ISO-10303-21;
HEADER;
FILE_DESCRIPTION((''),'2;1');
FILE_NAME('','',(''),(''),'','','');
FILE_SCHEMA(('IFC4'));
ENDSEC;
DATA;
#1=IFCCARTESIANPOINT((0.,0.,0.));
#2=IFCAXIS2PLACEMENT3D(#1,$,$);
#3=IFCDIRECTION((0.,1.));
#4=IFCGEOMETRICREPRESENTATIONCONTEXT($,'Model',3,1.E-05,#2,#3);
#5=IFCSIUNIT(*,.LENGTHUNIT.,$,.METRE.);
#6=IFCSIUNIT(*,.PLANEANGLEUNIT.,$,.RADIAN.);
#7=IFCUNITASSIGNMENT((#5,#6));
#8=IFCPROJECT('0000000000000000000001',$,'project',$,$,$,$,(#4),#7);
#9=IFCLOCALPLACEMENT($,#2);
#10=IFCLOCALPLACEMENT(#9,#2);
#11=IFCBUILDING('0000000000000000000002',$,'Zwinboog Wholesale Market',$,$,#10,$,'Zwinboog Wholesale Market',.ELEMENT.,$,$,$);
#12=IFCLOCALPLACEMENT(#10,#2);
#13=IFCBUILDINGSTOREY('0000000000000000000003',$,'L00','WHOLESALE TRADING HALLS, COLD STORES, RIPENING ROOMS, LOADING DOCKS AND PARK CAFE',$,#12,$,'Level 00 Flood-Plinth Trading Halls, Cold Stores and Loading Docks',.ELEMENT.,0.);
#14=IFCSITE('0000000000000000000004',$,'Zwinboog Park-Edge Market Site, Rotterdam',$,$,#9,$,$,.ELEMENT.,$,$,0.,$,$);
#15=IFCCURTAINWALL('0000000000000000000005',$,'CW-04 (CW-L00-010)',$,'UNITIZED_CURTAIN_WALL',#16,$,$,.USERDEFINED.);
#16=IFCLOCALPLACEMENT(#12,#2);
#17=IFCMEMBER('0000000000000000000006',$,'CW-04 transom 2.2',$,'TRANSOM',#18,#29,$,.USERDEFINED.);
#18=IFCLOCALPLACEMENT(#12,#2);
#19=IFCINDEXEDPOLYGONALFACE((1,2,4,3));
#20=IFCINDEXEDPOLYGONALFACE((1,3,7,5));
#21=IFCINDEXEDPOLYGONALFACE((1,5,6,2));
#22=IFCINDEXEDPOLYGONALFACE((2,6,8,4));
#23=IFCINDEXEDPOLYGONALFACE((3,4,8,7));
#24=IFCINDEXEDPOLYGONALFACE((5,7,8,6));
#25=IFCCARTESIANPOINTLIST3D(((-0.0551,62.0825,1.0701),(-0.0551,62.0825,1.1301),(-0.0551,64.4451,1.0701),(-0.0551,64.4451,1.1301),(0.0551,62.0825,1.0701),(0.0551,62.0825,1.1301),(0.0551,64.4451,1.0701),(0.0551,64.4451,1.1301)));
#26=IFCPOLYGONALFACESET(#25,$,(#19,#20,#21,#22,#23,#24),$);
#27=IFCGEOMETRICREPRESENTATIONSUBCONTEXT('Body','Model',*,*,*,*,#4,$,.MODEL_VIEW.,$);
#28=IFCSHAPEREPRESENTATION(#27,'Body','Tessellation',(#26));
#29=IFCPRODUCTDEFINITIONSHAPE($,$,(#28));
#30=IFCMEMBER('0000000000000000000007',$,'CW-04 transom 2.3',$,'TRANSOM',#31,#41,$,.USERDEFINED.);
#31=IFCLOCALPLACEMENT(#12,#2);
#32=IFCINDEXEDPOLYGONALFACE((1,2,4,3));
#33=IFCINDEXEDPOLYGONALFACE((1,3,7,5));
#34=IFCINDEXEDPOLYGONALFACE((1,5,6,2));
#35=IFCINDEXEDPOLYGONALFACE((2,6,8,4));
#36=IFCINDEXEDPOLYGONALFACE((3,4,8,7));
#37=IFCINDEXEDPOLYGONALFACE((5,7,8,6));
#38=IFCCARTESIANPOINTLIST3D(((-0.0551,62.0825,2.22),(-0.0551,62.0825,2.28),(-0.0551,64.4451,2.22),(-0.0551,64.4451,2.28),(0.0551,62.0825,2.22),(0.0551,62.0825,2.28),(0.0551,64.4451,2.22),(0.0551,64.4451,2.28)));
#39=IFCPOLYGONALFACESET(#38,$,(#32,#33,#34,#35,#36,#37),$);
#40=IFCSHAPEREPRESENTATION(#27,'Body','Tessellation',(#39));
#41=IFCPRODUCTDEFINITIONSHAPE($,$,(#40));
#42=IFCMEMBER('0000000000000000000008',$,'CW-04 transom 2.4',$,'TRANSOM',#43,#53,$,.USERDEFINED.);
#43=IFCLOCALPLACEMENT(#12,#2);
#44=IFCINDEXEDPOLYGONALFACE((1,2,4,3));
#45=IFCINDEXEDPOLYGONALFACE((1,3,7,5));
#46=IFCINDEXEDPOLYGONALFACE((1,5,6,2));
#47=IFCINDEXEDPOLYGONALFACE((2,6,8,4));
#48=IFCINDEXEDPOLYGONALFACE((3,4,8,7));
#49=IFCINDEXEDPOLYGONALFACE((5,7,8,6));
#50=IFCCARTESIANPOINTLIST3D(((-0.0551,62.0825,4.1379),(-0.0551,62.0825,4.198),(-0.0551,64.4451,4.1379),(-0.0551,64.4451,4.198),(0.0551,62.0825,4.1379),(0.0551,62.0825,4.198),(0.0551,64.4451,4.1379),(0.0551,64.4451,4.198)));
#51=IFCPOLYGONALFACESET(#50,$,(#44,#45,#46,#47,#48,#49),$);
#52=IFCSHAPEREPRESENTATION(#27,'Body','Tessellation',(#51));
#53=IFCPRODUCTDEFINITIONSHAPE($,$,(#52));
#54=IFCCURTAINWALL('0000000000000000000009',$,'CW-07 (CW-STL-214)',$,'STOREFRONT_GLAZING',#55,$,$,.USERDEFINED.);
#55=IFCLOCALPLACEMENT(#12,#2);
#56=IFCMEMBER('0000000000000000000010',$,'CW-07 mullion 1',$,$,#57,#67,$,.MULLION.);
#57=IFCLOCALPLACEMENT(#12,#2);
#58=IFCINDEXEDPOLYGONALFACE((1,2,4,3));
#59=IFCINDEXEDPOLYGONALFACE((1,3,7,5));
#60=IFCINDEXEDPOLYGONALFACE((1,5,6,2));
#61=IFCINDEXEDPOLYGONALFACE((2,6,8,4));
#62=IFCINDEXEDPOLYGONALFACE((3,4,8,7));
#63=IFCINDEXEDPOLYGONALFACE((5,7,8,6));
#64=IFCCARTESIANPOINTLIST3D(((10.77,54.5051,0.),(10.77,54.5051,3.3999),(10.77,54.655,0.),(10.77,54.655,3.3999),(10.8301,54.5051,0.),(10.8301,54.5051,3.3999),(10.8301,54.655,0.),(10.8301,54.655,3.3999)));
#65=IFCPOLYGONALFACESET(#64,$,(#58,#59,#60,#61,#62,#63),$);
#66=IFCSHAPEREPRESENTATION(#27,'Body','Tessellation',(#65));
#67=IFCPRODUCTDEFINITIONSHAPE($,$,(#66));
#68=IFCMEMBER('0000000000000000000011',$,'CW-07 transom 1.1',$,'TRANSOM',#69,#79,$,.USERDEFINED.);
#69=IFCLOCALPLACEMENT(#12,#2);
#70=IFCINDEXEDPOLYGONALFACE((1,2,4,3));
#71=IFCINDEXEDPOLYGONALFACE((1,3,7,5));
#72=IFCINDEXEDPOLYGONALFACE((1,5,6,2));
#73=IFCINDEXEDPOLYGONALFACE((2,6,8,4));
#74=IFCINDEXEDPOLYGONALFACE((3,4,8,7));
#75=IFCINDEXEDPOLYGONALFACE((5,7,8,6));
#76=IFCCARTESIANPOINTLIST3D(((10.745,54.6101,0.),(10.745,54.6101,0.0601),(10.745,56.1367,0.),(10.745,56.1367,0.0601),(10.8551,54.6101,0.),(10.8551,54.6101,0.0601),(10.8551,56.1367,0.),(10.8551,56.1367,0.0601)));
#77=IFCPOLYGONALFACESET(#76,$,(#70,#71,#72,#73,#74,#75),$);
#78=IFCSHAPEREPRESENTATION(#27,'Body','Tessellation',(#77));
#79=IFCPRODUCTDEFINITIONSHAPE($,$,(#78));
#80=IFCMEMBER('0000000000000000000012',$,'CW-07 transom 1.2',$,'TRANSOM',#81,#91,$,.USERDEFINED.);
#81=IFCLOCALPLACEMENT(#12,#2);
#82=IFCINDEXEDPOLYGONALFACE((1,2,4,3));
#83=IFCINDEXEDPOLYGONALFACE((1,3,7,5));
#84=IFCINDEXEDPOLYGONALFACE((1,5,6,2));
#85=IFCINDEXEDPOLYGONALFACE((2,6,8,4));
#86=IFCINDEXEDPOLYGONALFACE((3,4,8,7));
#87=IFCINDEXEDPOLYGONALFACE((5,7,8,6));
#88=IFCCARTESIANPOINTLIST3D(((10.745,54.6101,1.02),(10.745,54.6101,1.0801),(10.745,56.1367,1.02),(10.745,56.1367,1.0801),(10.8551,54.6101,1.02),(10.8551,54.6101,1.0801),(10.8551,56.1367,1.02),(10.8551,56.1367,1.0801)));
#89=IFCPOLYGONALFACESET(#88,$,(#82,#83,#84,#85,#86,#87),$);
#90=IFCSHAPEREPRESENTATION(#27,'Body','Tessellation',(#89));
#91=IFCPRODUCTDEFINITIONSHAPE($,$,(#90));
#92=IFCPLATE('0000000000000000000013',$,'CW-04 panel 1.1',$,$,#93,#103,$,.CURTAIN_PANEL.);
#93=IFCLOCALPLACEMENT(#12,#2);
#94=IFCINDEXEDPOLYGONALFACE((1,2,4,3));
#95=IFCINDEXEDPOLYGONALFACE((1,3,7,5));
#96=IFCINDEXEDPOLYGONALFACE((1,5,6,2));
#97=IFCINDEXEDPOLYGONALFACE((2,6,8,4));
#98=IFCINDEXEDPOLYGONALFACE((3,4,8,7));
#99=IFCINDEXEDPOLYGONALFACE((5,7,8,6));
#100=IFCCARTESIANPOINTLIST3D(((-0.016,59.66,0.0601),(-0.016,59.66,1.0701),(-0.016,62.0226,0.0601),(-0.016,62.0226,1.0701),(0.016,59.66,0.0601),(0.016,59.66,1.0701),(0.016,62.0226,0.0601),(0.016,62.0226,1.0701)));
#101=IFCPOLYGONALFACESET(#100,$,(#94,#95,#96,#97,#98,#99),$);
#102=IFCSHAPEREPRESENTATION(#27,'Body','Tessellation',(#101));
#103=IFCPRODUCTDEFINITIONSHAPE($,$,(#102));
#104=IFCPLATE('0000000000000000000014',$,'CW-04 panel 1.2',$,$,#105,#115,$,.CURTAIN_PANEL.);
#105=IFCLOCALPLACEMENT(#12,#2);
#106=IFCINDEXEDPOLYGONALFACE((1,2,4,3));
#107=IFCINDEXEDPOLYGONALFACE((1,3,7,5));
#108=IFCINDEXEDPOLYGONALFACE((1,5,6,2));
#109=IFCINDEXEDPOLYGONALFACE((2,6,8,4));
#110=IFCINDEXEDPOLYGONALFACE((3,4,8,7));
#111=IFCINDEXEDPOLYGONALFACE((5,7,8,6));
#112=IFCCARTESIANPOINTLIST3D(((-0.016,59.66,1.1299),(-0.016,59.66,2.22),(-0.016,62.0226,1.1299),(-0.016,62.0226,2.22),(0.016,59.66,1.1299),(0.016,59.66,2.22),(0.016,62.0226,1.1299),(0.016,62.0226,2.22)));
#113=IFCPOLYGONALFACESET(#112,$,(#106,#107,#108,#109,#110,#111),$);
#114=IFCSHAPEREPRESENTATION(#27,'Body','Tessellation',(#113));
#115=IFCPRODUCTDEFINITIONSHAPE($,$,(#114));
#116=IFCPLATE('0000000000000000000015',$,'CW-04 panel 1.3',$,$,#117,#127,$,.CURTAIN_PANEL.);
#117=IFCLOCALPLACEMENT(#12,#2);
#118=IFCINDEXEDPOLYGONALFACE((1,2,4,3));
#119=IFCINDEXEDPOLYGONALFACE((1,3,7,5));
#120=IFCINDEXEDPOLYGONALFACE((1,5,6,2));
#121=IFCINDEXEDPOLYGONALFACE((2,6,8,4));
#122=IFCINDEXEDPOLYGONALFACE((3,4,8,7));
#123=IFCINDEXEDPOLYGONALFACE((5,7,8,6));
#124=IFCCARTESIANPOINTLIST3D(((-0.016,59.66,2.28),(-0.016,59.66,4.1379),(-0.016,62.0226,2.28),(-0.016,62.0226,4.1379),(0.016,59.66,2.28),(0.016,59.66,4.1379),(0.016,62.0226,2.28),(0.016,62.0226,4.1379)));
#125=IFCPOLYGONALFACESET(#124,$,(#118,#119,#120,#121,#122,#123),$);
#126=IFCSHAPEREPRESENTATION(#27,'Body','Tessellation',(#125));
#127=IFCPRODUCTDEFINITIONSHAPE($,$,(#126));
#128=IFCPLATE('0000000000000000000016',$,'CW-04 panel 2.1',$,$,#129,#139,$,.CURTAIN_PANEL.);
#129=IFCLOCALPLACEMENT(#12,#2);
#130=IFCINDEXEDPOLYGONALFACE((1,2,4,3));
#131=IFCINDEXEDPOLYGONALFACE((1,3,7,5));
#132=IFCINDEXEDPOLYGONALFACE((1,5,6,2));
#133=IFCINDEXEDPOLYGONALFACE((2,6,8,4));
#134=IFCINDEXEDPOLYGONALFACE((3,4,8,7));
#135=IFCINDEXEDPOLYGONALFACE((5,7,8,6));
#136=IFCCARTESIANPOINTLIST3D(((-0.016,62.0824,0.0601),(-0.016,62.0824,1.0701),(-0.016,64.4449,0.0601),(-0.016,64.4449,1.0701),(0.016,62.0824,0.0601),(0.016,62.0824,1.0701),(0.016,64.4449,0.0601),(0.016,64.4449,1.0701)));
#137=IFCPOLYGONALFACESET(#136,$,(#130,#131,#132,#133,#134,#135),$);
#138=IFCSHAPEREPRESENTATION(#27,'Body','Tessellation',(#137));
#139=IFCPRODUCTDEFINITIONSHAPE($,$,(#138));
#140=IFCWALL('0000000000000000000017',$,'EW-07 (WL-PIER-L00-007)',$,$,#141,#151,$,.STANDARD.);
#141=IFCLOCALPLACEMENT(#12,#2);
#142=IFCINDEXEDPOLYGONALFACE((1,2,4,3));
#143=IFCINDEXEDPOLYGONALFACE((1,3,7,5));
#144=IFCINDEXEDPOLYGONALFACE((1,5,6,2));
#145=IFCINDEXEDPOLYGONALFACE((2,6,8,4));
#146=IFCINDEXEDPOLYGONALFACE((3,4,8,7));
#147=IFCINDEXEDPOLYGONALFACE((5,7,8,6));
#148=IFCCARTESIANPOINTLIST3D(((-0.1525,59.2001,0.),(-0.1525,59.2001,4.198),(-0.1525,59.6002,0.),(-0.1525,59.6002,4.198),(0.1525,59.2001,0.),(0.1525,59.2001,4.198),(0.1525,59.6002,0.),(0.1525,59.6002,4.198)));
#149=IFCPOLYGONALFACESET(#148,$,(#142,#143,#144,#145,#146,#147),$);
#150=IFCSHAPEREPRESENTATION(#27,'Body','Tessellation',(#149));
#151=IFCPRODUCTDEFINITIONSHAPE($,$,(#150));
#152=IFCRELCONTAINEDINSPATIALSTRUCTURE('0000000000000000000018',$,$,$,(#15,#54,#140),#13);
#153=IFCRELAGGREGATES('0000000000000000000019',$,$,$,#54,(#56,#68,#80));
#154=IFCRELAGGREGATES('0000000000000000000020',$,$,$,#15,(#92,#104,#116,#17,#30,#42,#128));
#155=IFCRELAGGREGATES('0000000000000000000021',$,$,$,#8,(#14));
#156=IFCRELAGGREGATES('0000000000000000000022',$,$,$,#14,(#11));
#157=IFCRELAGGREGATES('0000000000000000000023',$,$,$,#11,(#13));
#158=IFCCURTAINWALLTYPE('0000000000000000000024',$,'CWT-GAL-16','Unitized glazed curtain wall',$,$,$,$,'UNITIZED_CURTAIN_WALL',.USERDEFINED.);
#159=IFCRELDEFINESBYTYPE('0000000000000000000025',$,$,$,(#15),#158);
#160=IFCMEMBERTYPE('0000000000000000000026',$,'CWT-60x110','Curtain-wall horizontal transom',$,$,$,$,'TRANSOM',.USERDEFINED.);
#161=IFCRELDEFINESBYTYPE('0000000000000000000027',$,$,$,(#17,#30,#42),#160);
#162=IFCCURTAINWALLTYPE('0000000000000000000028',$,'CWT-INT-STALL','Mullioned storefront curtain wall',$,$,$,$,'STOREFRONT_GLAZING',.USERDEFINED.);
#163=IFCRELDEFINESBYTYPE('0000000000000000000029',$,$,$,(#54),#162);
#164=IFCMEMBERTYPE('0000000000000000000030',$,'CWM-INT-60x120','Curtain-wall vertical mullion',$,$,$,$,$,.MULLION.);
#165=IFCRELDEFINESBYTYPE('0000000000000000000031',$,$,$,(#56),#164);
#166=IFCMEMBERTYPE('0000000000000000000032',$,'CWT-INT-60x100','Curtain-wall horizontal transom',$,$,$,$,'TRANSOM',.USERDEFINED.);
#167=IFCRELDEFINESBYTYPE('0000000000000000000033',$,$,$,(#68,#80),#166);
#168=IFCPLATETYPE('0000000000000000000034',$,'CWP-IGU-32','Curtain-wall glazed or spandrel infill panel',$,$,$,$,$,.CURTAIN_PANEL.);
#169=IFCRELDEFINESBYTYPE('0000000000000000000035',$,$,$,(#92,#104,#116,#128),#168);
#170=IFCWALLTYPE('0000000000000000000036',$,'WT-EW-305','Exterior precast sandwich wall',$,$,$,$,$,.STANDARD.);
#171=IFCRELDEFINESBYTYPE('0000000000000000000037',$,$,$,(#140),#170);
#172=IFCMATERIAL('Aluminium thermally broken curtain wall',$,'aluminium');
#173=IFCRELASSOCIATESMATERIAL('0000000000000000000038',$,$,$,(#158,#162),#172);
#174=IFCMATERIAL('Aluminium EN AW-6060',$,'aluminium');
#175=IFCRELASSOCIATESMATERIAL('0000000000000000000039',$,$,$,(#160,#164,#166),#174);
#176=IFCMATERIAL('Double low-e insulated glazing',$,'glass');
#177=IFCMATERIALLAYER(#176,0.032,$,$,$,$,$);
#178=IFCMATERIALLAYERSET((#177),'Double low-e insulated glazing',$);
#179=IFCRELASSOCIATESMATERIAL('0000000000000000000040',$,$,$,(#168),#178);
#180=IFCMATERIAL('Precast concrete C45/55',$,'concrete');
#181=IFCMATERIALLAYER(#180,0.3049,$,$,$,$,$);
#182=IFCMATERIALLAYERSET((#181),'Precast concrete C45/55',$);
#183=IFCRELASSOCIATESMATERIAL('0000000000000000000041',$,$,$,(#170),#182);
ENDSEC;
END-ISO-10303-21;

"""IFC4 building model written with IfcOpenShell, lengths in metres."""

from ifc_helpers import new_model, si_unit, direction, frame, frame_2d, origin, origin_2d, place, context, subcontext, project, spatial, rectangle, extrude, material, layer, layer_set, material_profile, profile_set, type_object, element, aggregate, save


model = new_model("IFC4")

# Units and contexts
model_context = context("Model", 3, precision=1e-05, world=origin(), true_north=direction((0.0, 1.0)))
body_context = subcontext(model_context, "Body", "Model", "MODEL_VIEW")
ifc_project = project(units=[si_unit("LENGTHUNIT", "METRE"), si_unit("PLANEANGLEUNIT", "RADIAN")], contexts=[model_context])

# Site, building, storey
site_placement = place(None, origin())
site = spatial("IfcSite", under=ifc_project, at=site_placement, Name="Zwinboog Park-Edge Market Site, Rotterdam", CompositionType="ELEMENT", RefElevation=0.0)
building_placement = place(site_placement, origin())
building = spatial("IfcBuilding", under=site, at=building_placement, Name="Zwinboog Wholesale Market", LongName="Zwinboog Wholesale Market", CompositionType="ELEMENT")
storey_placement = place(building_placement, origin())
storey = spatial("IfcBuildingStorey", under=building, at=storey_placement, Name="L00", Description="WHOLESALE TRADING HALLS, COLD STORES, RIPENING ROOMS, LOADING DOCKS AND PARK CAFE", LongName="Level 00 Flood-Plinth Trading Halls, Cold Stores and Loading Docks", CompositionType="ELEMENT", Elevation=0.0)

# Shared definitions
ifc_material_1 = material(Name="Aluminium thermally broken curtain wall", Category="aluminium")
ifc_material_2 = material(Name="Aluminium EN AW-6060", Category="aluminium")

# Curtain walls, members
curtain_wall_type_1 = type_object("IfcCurtainWallType", Name="CWT-GAL-16", Description="Unitized glazed curtain wall", ElementType="UNITIZED_CURTAIN_WALL", PredefinedType="USERDEFINED", material=ifc_material_1)
curtain_wall_1_placement = place(storey_placement, origin())
curtain_wall_1 = element("IfcCurtainWall", 1, at=curtain_wall_1_placement, inside=storey, type_object=curtain_wall_type_1, Name="CW-04 (CW-L00-010)", ObjectType="UNITIZED_CURTAIN_WALL", PredefinedType="USERDEFINED")
ifc_material_profile_1 = material_profile(ifc_material_2, rectangle(XDim=0.1101, YDim=0.0601, at=origin_2d()), Name="AL 60x110")
ifc_profile_set_1 = profile_set([ifc_material_profile_1], Name="Aluminium EN AW-6060")
member_type_1 = type_object("IfcMemberType", Name="CWT-60x110", Description="Curtain-wall horizontal transom", ElementType="TRANSOM", PredefinedType="USERDEFINED", material=ifc_profile_set_1)
member_1_placement = place(storey_placement, frame((0.0, 62.0825, 1.1001), z_axis=(0.0, 1.0, 0.0), x_axis=(-1.0, 0.0, 0.0)))
member_1 = element("IfcMember", 2, at=member_1_placement, type_object=member_type_1, Name="CW-04 transom 2.2", ObjectType="TRANSOM", PredefinedType="USERDEFINED", context=body_context, shape_type="SweptSolid", body=[
    extrude(rectangle(XDim=0.1101, YDim=0.0601, at=origin_2d()), origin(), (0.0, 0.0, 1.0), 2.3625),
])
member_2_placement = place(storey_placement, frame((0.0, 62.0825, 2.25), z_axis=(0.0, 1.0, 0.0), x_axis=(-1.0, 0.0, 0.0)))
member_2 = element("IfcMember", 3, at=member_2_placement, type_object=member_type_1, Name="CW-04 transom 2.3", ObjectType="TRANSOM", PredefinedType="USERDEFINED", context=body_context, shape_type="SweptSolid", body=[
    extrude(rectangle(XDim=0.1101, YDim=0.0601, at=origin_2d()), origin(), (0.0, 0.0, 1.0), 2.3625),
])
member_3_placement = place(storey_placement, frame((0.0, 62.0825, 4.168), z_axis=(0.0, 1.0, 0.0), x_axis=(-1.0, 0.0, 0.0)))
member_3 = element("IfcMember", 4, at=member_3_placement, type_object=member_type_1, Name="CW-04 transom 2.4", ObjectType="TRANSOM", PredefinedType="USERDEFINED", context=body_context, shape_type="SweptSolid", body=[
    extrude(rectangle(XDim=0.1101, YDim=0.0601, at=origin_2d()), origin(), (0.0, 0.0, 1.0), 2.3625),
])
curtain_wall_type_2 = type_object("IfcCurtainWallType", Name="CWT-INT-STALL", Description="Mullioned storefront curtain wall", ElementType="STOREFRONT_GLAZING", PredefinedType="USERDEFINED", material=ifc_material_1)
curtain_wall_2_placement = place(storey_placement, origin())
curtain_wall_2 = element("IfcCurtainWall", 5, at=curtain_wall_2_placement, inside=storey, type_object=curtain_wall_type_2, Name="CW-07 (CW-STL-214)", ObjectType="STOREFRONT_GLAZING", PredefinedType="USERDEFINED")
ifc_material_profile_2 = material_profile(ifc_material_2, rectangle(XDim=0.0601, YDim=0.1499, at=origin_2d()), Name="AL 60x150")
ifc_profile_set_2 = profile_set([ifc_material_profile_2], Name="Aluminium EN AW-6060")
member_type_2 = type_object("IfcMemberType", Name="CWM-INT-60x120", Description="Curtain-wall vertical mullion", PredefinedType="MULLION", material=ifc_profile_set_2)
member_4_placement = place(storey_placement, frame((10.8, 54.5801, 0.0), z_axis=(0.0, 0.0, 1.0), x_axis=(-1.0, 0.0, 0.0)))
member_4 = element("IfcMember", 6, at=member_4_placement, type_object=member_type_2, Name="CW-07 mullion 1", PredefinedType="MULLION", context=body_context, shape_type="SweptSolid", body=[
    extrude(rectangle(XDim=0.0601, YDim=0.1499, at=origin_2d()), origin(), (0.0, 0.0, 1.0), 3.3999),
])
ifc_material_profile_3 = material_profile(ifc_material_2, rectangle(XDim=0.1101, YDim=0.0601, at=origin_2d()), Name="AL 60x110")
ifc_profile_set_3 = profile_set([ifc_material_profile_3], Name="Aluminium EN AW-6060")
member_type_3 = type_object("IfcMemberType", Name="CWT-INT-60x100", Description="Curtain-wall horizontal transom", ElementType="TRANSOM", PredefinedType="USERDEFINED", material=ifc_profile_set_3)
member_5_placement = place(storey_placement, frame((10.8, 54.6101, 0.03), z_axis=(0.0, 1.0, 0.0), x_axis=(-1.0, 0.0, 0.0)))
member_5 = element("IfcMember", 7, at=member_5_placement, type_object=member_type_3, Name="CW-07 transom 1.1", ObjectType="TRANSOM", PredefinedType="USERDEFINED", context=body_context, shape_type="SweptSolid", body=[
    extrude(rectangle(XDim=0.1101, YDim=0.0601, at=origin_2d()), origin(), (0.0, 0.0, 1.0), 1.5266),
])
member_6_placement = place(storey_placement, frame((10.8, 54.6101, 1.05), z_axis=(0.0, 1.0, 0.0), x_axis=(-1.0, 0.0, 0.0)))
member_6 = element("IfcMember", 8, at=member_6_placement, type_object=member_type_3, Name="CW-07 transom 1.2", ObjectType="TRANSOM", PredefinedType="USERDEFINED", context=body_context, shape_type="SweptSolid", body=[
    extrude(rectangle(XDim=0.1101, YDim=0.0601, at=origin_2d()), origin(), (0.0, 0.0, 1.0), 1.5266),
])
aggregate(curtain_wall_2, [member_4, member_5, member_6])

# Plates
ifc_material_3 = material(Name="Double low-e insulated glazing", Category="glass")
ifc_layer_1 = layer(ifc_material_3, 0.032)
ifc_layer_set_1 = layer_set([ifc_layer_1], Name="Double low-e insulated glazing")
plate_type = type_object("IfcPlateType", Name="CWP-IGU-32", Description="Curtain-wall glazed or spandrel infill panel", PredefinedType="CURTAIN_PANEL", material=ifc_layer_set_1)
plate_1_placement = place(storey_placement, frame((0.0, 60.8413, 0.0601), z_axis=(0.0, 0.0, 1.0), x_axis=(0.0, 1.0, 0.0)))
plate_1 = element("IfcPlate", 9, at=plate_1_placement, type_object=plate_type, Name="CW-04 panel 1.1", PredefinedType="CURTAIN_PANEL", context=body_context, shape_type="SweptSolid", body=[
    extrude(rectangle(XDim=2.3625, YDim=0.032, at=origin_2d()), origin(), (0.0, 0.0, 1.0), 1.01),
])
plate_2_placement = place(storey_placement, frame((0.0, 60.8413, 1.1299), z_axis=(0.0, 0.0, 1.0), x_axis=(0.0, 1.0, 0.0)))
plate_2 = element("IfcPlate", 10, at=plate_2_placement, type_object=plate_type, Name="CW-04 panel 1.2", PredefinedType="CURTAIN_PANEL", context=body_context, shape_type="SweptSolid", body=[
    extrude(rectangle(XDim=2.3625, YDim=0.032, at=origin_2d()), origin(), (0.0, 0.0, 1.0), 1.0901),
])
plate_3_placement = place(storey_placement, frame((0.0, 60.8413, 2.28), z_axis=(0.0, 0.0, 1.0), x_axis=(0.0, 1.0, 0.0)))
plate_3 = element("IfcPlate", 11, at=plate_3_placement, type_object=plate_type, Name="CW-04 panel 1.3", PredefinedType="CURTAIN_PANEL", context=body_context, shape_type="SweptSolid", body=[
    extrude(rectangle(XDim=2.3625, YDim=0.032, at=origin_2d()), origin(), (0.0, 0.0, 1.0), 1.8579),
])
plate_4_placement = place(storey_placement, frame((0.0, 63.2637, 0.0601), z_axis=(0.0, 0.0, 1.0), x_axis=(0.0, 1.0, 0.0)))
plate_4 = element("IfcPlate", 12, at=plate_4_placement, type_object=plate_type, Name="CW-04 panel 2.1", PredefinedType="CURTAIN_PANEL", context=body_context, shape_type="SweptSolid", body=[
    extrude(rectangle(XDim=2.3625, YDim=0.032, at=origin_2d()), origin(), (0.0, 0.0, 1.0), 1.01),
])
aggregate(curtain_wall_1, [plate_1, plate_2, plate_3, member_1, member_2, member_3, plate_4])

# Wall
ifc_material_4 = material(Name="Precast concrete C45/55", Category="concrete")
ifc_layer_2 = layer(ifc_material_4, 0.3049)
ifc_layer_set_2 = layer_set([ifc_layer_2], Name="Precast concrete C45/55")
wall_type = type_object("IfcWallType", Name="WT-EW-305", Description="Exterior precast sandwich wall", PredefinedType="STANDARD", material=ifc_layer_set_2)
wall_placement = place(storey_placement, frame((0.0, 59.2, 0.0), z_axis=(0.0, 0.0, 1.0), x_axis=(0.0, 1.0, 0.0)))
element("IfcWall", 13, at=wall_placement, inside=storey, type_object=wall_type, Name="EW-07 (WL-PIER-L00-007)", PredefinedType="STANDARD", context=body_context, shape_type="SweptSolid", body=[
    extrude(rectangle(XDim=0.4001, YDim=0.3049, at=frame_2d((0.2002, 0.0))), origin(), (0.0, 0.0, 1.0), 4.198),
])

save(model, "model.ifc")
